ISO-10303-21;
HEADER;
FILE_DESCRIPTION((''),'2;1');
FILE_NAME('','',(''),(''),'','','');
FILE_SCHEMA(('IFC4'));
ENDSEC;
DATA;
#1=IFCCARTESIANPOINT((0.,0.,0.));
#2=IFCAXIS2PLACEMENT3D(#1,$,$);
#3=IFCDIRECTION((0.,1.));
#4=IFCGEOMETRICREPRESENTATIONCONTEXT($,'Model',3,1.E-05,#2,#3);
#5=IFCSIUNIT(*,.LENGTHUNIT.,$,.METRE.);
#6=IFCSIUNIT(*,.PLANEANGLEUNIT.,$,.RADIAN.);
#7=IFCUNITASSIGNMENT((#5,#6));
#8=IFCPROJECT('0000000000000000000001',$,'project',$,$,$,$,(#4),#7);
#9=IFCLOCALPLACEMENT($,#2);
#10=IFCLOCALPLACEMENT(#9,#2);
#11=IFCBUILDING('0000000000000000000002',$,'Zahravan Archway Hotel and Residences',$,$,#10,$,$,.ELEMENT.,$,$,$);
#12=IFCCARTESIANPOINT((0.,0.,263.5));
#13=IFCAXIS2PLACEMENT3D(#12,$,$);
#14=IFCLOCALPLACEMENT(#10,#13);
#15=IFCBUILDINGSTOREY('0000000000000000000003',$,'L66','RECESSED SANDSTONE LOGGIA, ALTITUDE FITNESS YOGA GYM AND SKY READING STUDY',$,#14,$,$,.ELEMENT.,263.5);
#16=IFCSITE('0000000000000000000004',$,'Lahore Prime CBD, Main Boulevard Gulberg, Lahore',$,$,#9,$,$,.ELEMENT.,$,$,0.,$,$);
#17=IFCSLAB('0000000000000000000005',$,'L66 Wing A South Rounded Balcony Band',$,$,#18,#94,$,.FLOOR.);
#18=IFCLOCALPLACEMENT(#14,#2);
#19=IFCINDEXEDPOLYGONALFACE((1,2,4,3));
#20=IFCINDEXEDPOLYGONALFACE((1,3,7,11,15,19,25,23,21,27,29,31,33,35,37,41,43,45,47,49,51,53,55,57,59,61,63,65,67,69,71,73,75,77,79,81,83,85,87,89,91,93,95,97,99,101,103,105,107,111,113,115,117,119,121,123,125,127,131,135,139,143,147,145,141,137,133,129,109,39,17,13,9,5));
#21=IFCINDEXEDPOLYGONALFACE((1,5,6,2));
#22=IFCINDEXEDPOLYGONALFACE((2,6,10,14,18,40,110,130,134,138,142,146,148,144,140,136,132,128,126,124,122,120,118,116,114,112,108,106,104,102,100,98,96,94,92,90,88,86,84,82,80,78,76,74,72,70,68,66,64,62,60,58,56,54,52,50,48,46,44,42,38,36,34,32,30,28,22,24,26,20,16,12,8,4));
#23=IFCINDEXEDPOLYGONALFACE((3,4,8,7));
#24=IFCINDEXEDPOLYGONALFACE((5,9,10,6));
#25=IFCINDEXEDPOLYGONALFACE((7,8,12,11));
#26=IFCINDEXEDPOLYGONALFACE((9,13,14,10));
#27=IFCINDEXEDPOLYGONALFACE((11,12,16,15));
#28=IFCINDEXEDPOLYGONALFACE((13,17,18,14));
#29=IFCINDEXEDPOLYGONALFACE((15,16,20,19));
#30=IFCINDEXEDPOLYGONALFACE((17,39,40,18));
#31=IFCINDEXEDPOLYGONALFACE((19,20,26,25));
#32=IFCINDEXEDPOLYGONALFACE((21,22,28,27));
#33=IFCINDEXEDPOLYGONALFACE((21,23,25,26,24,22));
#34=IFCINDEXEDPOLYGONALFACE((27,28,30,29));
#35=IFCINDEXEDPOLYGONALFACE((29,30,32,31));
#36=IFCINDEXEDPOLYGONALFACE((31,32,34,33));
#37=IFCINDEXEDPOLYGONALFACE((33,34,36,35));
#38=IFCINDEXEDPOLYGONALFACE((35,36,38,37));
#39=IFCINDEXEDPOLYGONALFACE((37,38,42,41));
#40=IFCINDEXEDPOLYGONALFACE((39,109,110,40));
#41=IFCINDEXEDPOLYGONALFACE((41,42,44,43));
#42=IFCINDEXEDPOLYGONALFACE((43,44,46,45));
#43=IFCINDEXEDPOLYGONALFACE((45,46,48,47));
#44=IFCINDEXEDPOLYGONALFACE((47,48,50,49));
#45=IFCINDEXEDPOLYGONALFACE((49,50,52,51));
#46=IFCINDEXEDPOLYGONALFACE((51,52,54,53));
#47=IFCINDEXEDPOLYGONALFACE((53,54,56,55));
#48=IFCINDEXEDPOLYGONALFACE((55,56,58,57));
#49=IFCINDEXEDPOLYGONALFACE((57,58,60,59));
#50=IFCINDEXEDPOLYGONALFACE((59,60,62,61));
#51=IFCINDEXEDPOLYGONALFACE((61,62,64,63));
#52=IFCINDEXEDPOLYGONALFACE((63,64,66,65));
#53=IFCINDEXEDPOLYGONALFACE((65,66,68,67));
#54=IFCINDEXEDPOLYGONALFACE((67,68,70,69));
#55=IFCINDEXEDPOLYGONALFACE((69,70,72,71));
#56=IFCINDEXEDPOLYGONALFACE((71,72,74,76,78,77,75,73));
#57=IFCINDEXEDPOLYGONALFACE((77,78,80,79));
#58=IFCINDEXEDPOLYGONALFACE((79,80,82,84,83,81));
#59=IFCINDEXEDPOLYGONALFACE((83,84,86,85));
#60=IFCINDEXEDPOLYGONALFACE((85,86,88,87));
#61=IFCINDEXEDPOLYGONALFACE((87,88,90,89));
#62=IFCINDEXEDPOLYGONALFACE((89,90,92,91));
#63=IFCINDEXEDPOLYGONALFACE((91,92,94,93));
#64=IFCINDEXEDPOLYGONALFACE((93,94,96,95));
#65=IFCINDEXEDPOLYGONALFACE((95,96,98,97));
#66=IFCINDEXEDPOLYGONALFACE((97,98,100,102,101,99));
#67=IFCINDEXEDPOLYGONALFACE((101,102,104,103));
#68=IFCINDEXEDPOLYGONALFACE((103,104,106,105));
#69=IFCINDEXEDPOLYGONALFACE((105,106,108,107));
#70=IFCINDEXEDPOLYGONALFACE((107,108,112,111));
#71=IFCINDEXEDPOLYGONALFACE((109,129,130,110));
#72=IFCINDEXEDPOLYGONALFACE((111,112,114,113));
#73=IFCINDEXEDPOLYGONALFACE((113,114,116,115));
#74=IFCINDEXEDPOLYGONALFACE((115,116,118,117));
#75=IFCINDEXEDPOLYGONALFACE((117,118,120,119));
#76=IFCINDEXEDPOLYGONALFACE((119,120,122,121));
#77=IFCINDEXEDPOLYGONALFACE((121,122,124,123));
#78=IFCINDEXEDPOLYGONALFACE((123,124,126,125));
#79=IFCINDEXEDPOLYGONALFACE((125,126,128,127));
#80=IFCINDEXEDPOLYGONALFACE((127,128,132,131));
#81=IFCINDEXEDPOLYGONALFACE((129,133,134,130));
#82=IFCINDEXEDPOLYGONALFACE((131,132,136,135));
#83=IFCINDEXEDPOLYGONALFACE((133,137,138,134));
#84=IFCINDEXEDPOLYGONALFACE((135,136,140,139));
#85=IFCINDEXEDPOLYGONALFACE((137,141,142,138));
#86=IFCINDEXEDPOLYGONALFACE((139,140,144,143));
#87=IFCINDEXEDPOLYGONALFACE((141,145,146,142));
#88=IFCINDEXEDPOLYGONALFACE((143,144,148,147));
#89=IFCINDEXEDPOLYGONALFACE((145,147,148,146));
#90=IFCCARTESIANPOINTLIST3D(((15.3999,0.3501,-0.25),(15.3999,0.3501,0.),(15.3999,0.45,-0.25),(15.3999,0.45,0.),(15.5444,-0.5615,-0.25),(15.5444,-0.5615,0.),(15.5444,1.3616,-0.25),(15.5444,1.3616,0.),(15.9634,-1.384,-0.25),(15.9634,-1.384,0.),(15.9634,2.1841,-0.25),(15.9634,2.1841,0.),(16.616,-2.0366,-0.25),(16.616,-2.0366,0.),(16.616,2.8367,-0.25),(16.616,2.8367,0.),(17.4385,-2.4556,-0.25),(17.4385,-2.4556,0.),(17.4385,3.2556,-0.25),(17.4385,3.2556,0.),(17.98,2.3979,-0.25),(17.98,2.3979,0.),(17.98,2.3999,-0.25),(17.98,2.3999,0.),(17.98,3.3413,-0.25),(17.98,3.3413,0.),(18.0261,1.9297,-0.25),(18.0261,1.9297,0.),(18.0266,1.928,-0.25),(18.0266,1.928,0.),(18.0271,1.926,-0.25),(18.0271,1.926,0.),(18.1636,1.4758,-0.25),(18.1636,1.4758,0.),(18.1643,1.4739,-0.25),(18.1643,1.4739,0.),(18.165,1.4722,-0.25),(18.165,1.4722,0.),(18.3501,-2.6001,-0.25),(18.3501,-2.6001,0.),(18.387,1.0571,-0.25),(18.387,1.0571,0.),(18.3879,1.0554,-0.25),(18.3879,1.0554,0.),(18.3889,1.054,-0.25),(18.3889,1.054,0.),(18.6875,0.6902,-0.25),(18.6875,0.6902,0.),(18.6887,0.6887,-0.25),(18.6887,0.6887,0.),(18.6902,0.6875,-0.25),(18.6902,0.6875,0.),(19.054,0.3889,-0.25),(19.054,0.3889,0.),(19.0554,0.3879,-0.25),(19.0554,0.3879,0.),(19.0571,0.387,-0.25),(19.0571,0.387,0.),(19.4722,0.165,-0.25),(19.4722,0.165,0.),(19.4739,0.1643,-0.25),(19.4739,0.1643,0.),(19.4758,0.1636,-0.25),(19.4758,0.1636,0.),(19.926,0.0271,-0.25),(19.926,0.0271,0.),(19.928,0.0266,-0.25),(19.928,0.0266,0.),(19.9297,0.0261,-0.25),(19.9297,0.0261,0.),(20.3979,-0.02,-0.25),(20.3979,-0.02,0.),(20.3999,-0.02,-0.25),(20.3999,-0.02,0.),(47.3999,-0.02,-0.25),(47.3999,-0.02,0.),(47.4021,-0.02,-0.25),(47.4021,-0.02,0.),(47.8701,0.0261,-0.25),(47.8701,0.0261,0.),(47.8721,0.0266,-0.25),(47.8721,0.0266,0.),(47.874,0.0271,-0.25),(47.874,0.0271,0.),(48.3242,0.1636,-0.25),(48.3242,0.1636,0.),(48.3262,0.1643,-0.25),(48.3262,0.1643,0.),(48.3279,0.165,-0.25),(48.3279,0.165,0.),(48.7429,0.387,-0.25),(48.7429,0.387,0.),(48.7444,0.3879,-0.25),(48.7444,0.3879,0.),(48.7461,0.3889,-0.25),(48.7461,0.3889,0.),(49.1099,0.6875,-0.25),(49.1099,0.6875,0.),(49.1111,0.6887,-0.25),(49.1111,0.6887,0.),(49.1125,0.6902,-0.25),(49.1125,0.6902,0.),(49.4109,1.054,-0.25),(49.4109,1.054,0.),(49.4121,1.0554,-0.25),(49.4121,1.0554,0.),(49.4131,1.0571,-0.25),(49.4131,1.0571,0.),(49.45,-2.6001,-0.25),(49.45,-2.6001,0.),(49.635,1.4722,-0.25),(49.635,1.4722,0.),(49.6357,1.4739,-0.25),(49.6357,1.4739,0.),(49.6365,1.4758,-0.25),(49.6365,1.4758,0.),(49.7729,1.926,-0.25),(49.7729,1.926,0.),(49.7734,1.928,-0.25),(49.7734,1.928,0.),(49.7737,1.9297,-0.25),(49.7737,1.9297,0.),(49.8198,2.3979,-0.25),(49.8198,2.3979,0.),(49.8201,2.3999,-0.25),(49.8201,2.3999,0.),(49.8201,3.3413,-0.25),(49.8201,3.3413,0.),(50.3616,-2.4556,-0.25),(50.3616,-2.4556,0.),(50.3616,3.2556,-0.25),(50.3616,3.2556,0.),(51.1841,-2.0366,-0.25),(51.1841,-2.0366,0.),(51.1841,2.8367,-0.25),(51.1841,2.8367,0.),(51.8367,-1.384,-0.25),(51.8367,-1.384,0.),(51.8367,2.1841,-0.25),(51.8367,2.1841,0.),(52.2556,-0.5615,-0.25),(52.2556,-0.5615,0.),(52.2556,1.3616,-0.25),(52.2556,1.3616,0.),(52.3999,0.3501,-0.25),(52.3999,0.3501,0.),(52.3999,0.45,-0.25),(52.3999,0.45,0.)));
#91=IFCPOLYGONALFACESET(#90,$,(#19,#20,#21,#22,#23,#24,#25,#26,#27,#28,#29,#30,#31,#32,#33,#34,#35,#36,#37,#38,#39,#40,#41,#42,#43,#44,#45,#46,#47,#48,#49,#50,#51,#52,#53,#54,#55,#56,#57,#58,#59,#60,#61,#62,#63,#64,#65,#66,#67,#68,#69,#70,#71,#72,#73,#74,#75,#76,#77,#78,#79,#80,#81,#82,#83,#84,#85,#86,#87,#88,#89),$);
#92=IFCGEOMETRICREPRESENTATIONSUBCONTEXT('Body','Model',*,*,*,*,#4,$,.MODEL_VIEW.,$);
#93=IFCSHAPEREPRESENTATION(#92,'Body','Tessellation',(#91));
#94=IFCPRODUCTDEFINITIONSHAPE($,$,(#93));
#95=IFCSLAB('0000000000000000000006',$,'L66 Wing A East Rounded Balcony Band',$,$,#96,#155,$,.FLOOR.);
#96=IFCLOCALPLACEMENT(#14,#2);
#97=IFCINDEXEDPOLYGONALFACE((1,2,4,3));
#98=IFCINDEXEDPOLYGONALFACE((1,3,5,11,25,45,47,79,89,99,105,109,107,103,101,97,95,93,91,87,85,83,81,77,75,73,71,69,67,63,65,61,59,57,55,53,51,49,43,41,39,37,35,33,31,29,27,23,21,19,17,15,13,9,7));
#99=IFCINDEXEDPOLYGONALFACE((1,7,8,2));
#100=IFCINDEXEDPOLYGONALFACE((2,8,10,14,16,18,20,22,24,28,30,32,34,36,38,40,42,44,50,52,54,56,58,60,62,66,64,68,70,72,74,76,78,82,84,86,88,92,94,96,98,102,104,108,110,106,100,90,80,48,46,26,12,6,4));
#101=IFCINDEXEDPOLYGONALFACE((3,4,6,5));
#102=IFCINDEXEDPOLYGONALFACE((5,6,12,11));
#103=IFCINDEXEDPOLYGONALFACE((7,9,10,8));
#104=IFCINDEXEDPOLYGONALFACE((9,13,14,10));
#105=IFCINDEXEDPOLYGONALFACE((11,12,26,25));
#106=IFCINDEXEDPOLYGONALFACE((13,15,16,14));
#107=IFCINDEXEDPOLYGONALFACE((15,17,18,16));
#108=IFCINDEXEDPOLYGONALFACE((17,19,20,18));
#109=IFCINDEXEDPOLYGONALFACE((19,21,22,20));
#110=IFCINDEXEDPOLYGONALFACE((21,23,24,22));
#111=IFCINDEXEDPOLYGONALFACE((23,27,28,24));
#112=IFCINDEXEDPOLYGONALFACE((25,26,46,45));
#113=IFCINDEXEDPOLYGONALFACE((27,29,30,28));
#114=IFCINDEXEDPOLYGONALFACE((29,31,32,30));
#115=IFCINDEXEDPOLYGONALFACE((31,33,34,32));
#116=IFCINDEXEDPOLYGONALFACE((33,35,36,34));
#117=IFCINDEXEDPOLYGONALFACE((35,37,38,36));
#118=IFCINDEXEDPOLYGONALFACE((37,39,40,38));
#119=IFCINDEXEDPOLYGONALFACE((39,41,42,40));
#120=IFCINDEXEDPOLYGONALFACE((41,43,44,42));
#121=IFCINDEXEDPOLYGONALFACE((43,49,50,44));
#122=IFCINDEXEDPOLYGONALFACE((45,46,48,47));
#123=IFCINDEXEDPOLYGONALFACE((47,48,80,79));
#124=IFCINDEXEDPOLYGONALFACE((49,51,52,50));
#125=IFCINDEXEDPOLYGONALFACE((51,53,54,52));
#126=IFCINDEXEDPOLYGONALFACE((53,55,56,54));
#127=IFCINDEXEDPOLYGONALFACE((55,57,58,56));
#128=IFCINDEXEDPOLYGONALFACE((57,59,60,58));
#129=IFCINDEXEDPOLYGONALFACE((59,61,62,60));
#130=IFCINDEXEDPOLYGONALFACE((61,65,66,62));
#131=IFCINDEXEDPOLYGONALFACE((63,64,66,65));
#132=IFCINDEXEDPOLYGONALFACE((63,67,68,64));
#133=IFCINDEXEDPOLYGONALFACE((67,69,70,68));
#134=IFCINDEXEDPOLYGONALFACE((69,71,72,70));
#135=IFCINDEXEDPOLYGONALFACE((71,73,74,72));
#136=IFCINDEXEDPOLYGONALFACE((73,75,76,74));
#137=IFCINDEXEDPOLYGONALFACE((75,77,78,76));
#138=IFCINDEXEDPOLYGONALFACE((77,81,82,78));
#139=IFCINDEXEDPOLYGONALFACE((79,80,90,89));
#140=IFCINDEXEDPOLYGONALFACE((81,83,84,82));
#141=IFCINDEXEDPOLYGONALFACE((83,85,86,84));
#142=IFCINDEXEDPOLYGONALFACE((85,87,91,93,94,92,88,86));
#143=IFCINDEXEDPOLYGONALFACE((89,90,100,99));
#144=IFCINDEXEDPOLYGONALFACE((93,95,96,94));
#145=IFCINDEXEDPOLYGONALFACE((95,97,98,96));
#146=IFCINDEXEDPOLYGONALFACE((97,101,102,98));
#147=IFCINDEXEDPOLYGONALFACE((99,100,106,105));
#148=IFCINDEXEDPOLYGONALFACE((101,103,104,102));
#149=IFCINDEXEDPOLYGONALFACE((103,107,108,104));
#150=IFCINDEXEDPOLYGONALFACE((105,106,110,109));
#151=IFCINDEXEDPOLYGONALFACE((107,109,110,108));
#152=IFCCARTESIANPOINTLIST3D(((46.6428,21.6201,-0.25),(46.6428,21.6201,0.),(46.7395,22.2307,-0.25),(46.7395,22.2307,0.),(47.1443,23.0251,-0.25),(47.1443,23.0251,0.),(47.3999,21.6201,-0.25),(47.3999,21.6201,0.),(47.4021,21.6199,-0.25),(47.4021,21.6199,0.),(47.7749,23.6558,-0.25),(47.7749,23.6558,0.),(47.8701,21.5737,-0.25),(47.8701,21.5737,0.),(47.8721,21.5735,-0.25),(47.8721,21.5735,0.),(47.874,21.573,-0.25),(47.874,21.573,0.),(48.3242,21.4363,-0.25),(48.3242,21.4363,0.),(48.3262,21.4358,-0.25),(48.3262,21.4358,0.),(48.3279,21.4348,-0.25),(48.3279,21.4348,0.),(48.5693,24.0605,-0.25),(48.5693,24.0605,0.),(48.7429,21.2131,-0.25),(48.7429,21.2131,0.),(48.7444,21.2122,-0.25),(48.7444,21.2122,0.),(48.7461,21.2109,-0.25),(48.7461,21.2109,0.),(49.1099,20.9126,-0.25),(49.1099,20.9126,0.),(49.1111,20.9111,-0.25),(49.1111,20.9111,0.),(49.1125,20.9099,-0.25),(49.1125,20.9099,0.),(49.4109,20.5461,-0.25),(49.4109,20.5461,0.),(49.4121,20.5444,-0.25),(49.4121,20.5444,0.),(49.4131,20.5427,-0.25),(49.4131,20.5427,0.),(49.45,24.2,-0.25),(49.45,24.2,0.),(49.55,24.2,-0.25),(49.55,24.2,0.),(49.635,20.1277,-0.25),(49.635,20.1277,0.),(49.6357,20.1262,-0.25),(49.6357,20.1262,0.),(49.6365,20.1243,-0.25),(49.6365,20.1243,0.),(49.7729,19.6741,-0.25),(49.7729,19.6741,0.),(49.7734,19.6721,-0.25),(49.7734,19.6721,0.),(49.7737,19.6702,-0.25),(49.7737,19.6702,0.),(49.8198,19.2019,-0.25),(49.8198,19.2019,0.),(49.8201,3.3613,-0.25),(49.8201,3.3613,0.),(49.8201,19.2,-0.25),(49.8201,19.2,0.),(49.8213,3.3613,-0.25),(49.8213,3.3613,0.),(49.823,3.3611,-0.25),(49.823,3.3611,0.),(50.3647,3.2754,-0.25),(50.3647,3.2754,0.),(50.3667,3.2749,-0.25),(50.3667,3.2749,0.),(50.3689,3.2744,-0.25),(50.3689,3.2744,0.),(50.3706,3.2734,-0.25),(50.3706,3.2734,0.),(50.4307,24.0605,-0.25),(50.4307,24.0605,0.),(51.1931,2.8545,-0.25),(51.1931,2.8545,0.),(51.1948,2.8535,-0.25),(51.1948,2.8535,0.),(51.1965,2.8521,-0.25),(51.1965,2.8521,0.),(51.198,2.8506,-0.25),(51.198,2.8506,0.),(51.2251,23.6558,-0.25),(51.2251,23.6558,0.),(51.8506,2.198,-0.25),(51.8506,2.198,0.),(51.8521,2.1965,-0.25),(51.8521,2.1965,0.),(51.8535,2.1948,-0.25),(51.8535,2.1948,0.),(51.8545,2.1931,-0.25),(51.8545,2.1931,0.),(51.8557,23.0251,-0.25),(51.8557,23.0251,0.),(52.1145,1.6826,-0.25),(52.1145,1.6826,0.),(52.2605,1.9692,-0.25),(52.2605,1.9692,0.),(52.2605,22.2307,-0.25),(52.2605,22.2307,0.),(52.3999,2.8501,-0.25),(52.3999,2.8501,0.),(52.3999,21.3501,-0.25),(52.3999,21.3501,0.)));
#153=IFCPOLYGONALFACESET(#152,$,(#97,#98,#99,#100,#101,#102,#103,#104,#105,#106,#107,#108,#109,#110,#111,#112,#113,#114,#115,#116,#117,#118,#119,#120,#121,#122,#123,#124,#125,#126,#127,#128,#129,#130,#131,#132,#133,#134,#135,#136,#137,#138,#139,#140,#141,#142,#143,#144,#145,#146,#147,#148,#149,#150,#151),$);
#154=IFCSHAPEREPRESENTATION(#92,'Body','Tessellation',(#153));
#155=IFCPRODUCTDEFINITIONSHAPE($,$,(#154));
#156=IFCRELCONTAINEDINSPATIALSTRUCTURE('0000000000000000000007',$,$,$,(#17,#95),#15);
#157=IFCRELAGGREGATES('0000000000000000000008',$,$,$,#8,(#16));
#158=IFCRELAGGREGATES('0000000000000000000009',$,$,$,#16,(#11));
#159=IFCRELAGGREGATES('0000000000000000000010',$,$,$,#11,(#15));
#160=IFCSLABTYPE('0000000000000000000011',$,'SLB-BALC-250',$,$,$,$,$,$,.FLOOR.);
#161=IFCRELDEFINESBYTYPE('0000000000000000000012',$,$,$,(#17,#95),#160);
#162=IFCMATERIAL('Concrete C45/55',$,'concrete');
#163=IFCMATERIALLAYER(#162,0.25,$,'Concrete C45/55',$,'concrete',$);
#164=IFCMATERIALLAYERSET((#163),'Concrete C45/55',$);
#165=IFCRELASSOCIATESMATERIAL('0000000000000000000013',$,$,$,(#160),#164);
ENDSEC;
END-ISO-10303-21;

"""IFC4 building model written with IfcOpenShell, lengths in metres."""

from ifc_helpers import new_model, si_unit, direction, frame, origin, place, context, subcontext, project, spatial, polyline, outline, extrude, material, layer, layer_set, type_object, element, save


model = new_model("IFC4")

# Units and contexts
model_context = context("Model", 3, precision=1e-05, world=origin(), true_north=direction((0.0, 1.0)))
body_context = subcontext(model_context, "Body", "Model", "MODEL_VIEW")
ifc_project = project(units=[si_unit("LENGTHUNIT", "METRE"), si_unit("PLANEANGLEUNIT", "RADIAN")], contexts=[model_context])

# Site, building, storey
site_placement = place(None, origin())
site = spatial("IfcSite", under=ifc_project, at=site_placement, Name="Lahore Prime CBD, Main Boulevard Gulberg, Lahore", CompositionType="ELEMENT", RefElevation=0.0)
building_placement = place(site_placement, origin())
building = spatial("IfcBuilding", under=site, at=building_placement, Name="Zahravan Archway Hotel and Residences", CompositionType="ELEMENT")
storey_placement = place(building_placement, frame((0.0, 0.0, 263.5)))
storey = spatial("IfcBuildingStorey", under=building, at=storey_placement, Name="L66", Description="RECESSED SANDSTONE LOGGIA, ALTITUDE FITNESS YOGA GYM AND SKY READING STUDY", CompositionType="ELEMENT", Elevation=263.5)

# Slabs
ifc_material_1 = material(Name="Concrete C45/55", Category="concrete")
ifc_layer_1 = layer(ifc_material_1, 0.25, Name="Concrete C45/55", Category="concrete")
ifc_layer_set_1 = layer_set([ifc_layer_1], Name="Concrete C45/55")
slab_type_1 = type_object("IfcSlabType", Name="SLB-BALC-250", PredefinedType="FLOOR", material=ifc_layer_set_1)
slab_1_placement = place(storey_placement, frame((0.0, 0.0, -0.25)))
element("IfcSlab", 1, at=slab_1_placement, inside=storey, type_object=slab_type_1, Name="L66 Wing A South Rounded Balcony Band", PredefinedType="FLOOR", context=body_context, shape_type="SweptSolid", body=[
    extrude(outline(polyline([(50.3616, 3.2556), (51.1841, 2.8367), (51.8367, 2.1841), (52.2556, 1.3616), (52.3999, 0.45), (52.3999, 0.3501), (52.2556, -0.5615), (51.8367, -1.384), (51.1841, -2.0366), (50.3616, -2.4556), (49.45, -2.6001), (18.3501, -2.6001), (17.4385, -2.4556), (16.616, -2.0366), (15.9634, -1.384), (15.5444, -0.5615), (15.3999, 0.3501), (15.3999, 0.45), (15.5444, 1.3616), (15.9634, 2.1841), (16.616, 2.8367), (17.4385, 3.2556), (17.98, 3.3413), (17.98, 2.3999), (17.98, 2.3979), (18.0261, 1.9297), (18.0266, 1.928), (18.0271, 1.926), (18.1636, 1.4758), (18.1643, 1.4739), (18.165, 1.4722), (18.387, 1.0571), (18.3879, 1.0554), (18.3889, 1.054), (18.6875, 0.6902), (18.6887, 0.6887), (18.6902, 0.6875), (19.054, 0.3889), (19.0554, 0.3879), (19.0571, 0.387), (19.4722, 0.165), (19.4739, 0.1643), (19.4758, 0.1636), (19.926, 0.0271), (19.928, 0.0266), (19.9297, 0.0261), (20.3979, -0.02), (20.3999, -0.02), (47.3999, -0.02), (47.4021, -0.02), (47.8701, 0.0261), (47.8721, 0.0266), (47.874, 0.0271), (48.3242, 0.1636), (48.3262, 0.1643), (48.3279, 0.165), (48.7429, 0.387), (48.7444, 0.3879), (48.7461, 0.3889), (49.1099, 0.6875), (49.1111, 0.6887), (49.1125, 0.6902), (49.4109, 1.054), (49.4121, 1.0554), (49.4131, 1.0571), (49.635, 1.4722), (49.6357, 1.4739), (49.6365, 1.4758), (49.7729, 1.926), (49.7734, 1.928), (49.7737, 1.9297), (49.8198, 2.3979), (49.8201, 2.3999), (49.8201, 3.3413), (50.3616, 3.2556)])), origin(), (0.0, 0.0, 1.0), 0.25),
])
slab_2_placement = place(storey_placement, frame((0.0, 0.0, -0.25)))
element("IfcSlab", 2, at=slab_2_placement, inside=storey, type_object=slab_type_1, Name="L66 Wing A East Rounded Balcony Band", PredefinedType="FLOOR", context=body_context, shape_type="SweptSolid", body=[
    extrude(outline(polyline([(46.7395, 22.2307), (47.1443, 23.0251), (47.7749, 23.6558), (48.5693, 24.0605), (49.45, 24.2), (49.55, 24.2), (50.4307, 24.0605), (51.2251, 23.6558), (51.8557, 23.0251), (52.2605, 22.2307), (52.3999, 21.3501), (52.3999, 2.8501), (52.2605, 1.9692), (52.1145, 1.6826), (51.8545, 2.1931), (51.8535, 2.1948), (51.8521, 2.1965), (51.8506, 2.198), (51.198, 2.8506), (51.1965, 2.8521), (51.1948, 2.8535), (51.1931, 2.8545), (50.3706, 3.2734), (50.3689, 3.2744), (50.3667, 3.2749), (50.3647, 3.2754), (49.823, 3.3611), (49.8213, 3.3613), (49.8201, 3.3613), (49.8201, 19.2), (49.8198, 19.2019), (49.7737, 19.6702), (49.7734, 19.6721), (49.7729, 19.6741), (49.6365, 20.1243), (49.6357, 20.1262), (49.635, 20.1277), (49.4131, 20.5427), (49.4121, 20.5444), (49.4109, 20.5461), (49.1125, 20.9099), (49.1111, 20.9111), (49.1099, 20.9126), (48.7461, 21.2109), (48.7444, 21.2122), (48.7429, 21.2131), (48.3279, 21.4348), (48.3262, 21.4358), (48.3242, 21.4363), (47.874, 21.573), (47.8721, 21.5735), (47.8701, 21.5737), (47.4021, 21.6199), (47.3999, 21.6201), (46.6428, 21.6201), (46.7395, 22.2307)])), origin(), (0.0, 0.0, 1.0), 0.25),
])

save(model, "model.ifc")
